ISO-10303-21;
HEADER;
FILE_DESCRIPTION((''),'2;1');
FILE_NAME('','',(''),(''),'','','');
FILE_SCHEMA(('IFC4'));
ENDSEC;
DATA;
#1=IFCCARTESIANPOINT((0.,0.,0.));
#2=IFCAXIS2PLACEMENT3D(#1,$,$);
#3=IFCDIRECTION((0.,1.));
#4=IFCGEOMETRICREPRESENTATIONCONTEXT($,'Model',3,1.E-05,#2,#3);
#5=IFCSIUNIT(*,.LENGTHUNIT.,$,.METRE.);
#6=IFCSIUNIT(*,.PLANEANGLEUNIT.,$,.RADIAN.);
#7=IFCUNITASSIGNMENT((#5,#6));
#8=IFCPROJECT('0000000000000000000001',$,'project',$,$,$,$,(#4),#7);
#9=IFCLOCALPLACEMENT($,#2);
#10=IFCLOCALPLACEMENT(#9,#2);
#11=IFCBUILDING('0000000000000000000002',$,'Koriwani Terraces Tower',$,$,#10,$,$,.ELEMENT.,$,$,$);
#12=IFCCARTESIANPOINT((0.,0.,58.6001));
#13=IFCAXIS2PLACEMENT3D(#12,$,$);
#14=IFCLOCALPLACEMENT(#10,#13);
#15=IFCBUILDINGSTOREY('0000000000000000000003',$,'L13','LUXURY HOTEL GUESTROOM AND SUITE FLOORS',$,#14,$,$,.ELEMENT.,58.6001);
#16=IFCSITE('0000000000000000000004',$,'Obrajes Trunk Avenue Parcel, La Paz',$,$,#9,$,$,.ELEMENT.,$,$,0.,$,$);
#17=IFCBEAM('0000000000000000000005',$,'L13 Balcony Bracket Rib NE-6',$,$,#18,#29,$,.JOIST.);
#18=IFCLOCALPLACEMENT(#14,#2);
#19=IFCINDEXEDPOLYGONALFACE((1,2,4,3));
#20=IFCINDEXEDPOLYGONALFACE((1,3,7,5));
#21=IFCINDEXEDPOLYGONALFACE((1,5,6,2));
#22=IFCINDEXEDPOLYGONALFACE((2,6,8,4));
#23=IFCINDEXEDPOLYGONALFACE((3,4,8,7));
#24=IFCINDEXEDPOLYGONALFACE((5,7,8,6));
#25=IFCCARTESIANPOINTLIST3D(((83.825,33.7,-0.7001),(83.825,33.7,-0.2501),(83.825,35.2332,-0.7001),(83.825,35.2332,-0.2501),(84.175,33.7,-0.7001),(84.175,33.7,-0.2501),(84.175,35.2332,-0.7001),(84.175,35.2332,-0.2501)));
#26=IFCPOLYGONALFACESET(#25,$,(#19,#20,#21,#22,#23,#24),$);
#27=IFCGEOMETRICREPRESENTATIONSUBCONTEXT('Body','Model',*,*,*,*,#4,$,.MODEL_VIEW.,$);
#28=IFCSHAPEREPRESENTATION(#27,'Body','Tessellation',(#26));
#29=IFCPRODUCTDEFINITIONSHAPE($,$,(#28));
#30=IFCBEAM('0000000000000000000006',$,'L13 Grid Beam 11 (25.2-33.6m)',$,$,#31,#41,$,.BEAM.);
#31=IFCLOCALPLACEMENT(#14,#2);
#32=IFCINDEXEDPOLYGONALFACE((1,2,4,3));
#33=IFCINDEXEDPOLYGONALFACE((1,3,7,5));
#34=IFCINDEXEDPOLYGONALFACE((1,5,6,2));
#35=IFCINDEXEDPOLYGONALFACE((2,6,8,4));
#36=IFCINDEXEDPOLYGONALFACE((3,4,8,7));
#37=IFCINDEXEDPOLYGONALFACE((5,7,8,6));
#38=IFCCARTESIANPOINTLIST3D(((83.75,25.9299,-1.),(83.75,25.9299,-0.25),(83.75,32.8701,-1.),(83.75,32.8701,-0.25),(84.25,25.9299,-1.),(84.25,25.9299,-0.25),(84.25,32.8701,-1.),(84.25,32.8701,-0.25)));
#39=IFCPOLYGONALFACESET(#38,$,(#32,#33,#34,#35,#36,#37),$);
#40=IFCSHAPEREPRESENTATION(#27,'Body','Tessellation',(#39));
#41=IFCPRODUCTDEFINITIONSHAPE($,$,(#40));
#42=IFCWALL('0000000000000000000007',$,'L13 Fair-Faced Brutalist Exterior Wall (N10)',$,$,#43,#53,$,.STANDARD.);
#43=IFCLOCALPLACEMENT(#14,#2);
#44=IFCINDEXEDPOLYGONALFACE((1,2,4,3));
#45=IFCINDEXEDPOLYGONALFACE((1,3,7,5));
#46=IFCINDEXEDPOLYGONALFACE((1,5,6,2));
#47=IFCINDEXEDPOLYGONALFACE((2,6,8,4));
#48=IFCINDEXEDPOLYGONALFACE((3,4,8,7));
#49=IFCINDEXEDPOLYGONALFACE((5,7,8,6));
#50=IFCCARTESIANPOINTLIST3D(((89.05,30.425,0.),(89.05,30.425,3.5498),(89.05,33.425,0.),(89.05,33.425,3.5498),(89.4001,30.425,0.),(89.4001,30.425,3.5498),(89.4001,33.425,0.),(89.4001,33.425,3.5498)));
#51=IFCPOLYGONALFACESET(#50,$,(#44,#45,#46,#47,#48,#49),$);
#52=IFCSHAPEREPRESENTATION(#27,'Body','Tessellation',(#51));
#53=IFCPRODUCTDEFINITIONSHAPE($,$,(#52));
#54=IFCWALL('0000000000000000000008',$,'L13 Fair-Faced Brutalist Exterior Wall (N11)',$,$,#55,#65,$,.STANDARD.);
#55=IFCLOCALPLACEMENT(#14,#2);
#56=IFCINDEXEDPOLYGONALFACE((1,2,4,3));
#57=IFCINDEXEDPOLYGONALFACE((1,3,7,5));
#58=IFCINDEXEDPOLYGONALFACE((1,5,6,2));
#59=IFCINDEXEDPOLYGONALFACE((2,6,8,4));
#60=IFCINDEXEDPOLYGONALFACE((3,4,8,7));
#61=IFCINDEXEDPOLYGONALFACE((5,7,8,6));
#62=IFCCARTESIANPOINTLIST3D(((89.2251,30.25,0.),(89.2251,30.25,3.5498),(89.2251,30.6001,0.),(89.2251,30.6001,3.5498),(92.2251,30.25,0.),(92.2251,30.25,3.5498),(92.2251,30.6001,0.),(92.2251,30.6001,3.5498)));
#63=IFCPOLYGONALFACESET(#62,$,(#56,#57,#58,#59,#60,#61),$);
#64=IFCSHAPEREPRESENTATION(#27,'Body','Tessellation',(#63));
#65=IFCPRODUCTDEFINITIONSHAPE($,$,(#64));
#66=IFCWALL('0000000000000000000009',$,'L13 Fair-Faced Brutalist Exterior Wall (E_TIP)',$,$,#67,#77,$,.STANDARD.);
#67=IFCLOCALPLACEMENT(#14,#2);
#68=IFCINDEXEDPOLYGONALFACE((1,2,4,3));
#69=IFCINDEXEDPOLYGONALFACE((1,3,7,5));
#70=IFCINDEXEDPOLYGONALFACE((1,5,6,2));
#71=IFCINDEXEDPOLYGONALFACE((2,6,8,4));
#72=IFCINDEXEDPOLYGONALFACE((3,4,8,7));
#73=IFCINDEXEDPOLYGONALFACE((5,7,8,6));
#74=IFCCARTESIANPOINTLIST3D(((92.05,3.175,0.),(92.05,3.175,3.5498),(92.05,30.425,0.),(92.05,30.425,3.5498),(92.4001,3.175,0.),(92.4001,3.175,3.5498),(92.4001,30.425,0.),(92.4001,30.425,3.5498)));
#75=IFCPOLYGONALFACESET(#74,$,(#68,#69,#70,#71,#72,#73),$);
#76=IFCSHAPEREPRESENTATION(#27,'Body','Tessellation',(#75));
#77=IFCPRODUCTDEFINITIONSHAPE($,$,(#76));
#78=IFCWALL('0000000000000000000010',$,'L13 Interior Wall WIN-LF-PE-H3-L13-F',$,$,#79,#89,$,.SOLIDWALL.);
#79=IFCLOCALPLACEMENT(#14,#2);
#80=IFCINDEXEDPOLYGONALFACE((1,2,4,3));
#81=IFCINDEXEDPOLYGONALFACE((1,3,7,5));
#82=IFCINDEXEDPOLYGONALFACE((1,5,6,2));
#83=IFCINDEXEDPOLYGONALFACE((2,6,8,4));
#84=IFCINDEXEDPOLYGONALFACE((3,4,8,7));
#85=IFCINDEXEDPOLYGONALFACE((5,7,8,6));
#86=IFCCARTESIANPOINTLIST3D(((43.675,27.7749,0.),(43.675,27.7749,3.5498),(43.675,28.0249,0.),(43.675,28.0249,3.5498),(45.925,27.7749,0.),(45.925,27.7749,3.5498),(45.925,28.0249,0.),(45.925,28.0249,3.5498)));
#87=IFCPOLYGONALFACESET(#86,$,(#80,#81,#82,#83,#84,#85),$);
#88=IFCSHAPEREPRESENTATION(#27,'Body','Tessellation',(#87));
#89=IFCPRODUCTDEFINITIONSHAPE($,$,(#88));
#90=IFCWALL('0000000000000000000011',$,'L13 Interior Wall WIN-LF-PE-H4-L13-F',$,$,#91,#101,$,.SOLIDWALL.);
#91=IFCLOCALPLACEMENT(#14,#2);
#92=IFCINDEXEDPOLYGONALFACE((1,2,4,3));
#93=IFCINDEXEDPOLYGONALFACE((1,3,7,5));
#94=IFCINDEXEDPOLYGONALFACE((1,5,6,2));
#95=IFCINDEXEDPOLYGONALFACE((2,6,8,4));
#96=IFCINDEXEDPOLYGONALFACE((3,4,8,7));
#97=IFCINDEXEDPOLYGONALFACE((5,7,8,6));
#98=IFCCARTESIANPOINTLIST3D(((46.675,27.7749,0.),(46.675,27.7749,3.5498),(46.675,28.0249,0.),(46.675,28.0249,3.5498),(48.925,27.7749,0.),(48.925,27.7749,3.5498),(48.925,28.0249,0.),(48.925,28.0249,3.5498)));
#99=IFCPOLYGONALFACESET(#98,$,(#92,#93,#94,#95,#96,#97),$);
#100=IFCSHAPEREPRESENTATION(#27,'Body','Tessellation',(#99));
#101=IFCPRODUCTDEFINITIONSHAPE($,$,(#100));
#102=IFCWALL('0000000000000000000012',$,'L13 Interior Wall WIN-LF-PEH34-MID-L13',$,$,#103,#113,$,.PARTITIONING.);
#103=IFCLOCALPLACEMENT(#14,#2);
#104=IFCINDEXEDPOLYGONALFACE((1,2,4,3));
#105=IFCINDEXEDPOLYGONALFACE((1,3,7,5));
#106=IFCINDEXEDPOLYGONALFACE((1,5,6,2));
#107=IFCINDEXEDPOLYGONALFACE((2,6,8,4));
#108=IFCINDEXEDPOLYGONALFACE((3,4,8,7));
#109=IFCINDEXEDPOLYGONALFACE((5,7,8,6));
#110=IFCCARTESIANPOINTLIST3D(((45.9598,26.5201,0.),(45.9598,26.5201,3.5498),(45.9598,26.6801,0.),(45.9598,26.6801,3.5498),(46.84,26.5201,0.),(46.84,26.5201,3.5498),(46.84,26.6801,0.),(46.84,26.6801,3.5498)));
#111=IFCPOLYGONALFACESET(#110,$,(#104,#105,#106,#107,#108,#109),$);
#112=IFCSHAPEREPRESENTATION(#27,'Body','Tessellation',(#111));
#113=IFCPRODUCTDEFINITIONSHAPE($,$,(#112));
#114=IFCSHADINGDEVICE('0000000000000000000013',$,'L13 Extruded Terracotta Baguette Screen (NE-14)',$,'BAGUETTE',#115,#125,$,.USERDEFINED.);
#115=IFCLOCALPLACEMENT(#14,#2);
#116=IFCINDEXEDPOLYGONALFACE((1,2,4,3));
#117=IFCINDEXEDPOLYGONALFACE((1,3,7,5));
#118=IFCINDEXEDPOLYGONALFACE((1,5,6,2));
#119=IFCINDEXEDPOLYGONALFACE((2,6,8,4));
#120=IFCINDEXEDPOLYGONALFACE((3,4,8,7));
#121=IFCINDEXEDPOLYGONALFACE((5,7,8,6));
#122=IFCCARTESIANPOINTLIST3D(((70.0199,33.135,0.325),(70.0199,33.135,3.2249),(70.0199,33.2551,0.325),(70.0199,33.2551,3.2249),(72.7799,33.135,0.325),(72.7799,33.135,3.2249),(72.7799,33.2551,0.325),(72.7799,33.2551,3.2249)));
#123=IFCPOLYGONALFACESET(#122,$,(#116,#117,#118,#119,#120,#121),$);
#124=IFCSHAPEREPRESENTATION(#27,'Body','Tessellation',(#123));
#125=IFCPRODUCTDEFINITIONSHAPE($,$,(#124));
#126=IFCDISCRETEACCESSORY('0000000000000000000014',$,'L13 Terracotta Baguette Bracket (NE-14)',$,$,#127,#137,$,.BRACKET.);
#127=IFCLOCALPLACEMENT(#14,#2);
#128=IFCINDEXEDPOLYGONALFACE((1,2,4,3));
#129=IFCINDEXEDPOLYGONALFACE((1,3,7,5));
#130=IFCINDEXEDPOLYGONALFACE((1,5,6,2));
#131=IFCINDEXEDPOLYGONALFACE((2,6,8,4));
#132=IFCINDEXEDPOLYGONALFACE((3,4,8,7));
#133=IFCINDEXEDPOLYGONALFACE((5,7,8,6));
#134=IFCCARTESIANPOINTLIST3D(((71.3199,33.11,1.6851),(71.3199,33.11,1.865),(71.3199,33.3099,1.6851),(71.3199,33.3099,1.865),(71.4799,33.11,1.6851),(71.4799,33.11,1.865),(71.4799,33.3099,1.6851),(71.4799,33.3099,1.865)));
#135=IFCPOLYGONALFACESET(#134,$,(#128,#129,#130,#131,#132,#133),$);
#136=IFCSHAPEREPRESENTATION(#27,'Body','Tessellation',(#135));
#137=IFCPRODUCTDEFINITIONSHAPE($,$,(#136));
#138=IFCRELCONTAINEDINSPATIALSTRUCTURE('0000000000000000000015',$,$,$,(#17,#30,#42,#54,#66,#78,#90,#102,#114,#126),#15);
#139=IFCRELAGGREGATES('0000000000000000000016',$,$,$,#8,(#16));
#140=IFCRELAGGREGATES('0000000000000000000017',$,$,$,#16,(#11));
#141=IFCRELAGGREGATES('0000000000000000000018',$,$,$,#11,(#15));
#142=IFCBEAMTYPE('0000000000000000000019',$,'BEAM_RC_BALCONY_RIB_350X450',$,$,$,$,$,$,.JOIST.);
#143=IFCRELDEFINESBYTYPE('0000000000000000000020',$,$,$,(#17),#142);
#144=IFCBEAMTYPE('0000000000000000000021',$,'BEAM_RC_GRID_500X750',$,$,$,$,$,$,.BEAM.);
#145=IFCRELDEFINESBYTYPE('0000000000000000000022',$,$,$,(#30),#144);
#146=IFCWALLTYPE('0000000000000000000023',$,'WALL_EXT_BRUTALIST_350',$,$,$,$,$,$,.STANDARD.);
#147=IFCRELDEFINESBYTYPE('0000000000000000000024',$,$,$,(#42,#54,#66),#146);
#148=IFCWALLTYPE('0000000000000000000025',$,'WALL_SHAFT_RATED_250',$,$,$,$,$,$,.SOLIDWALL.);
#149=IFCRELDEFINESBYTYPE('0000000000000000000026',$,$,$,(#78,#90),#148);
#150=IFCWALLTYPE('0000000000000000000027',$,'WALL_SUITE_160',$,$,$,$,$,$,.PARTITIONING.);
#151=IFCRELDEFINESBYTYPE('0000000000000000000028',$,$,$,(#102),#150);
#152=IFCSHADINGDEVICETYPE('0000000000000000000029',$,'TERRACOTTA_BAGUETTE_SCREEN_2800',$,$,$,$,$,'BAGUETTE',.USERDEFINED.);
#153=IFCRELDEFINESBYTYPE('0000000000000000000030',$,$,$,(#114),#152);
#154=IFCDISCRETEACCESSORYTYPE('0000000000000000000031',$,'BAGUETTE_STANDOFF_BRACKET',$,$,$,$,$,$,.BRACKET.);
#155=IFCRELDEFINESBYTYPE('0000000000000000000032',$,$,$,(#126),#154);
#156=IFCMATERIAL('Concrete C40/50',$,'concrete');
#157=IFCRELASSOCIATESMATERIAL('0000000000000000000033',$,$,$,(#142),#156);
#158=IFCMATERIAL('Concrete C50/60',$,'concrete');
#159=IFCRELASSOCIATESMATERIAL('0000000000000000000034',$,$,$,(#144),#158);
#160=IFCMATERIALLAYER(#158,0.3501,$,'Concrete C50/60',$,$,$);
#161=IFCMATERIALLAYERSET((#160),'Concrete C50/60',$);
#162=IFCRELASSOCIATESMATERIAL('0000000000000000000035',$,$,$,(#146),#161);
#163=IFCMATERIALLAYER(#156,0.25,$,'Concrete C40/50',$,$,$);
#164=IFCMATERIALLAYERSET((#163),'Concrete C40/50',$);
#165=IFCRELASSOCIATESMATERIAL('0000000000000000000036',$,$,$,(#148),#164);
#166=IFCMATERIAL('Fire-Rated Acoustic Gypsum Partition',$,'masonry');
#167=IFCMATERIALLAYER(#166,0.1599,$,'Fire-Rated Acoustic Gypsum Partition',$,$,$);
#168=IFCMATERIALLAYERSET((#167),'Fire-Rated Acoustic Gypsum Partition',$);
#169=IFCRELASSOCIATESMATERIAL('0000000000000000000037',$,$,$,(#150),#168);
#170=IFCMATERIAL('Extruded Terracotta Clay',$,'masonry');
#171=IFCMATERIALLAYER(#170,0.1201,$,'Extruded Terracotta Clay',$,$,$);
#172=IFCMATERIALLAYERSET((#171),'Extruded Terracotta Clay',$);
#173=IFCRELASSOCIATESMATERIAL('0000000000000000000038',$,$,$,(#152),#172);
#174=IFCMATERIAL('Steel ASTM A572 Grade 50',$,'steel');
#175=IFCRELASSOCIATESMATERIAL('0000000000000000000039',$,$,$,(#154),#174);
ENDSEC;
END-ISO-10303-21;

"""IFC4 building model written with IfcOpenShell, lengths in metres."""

from ifc_helpers import new_model, si_unit, direction, frame, frame_2d, origin, origin_2d, place, context, subcontext, project, spatial, rectangle, extrude, material, layer, layer_set, material_profile, profile_set, type_object, element, save


model = new_model("IFC4")

# Units and contexts
model_context = context("Model", 3, precision=1e-05, world=origin(), true_north=direction((0.0, 1.0)))
body_context = subcontext(model_context, "Body", "Model", "MODEL_VIEW")
ifc_project = project(units=[si_unit("LENGTHUNIT", "METRE"), si_unit("PLANEANGLEUNIT", "RADIAN")], contexts=[model_context])

# Site, building, storey
site_placement = place(None, origin())
site = spatial("IfcSite", under=ifc_project, at=site_placement, Name="Obrajes Trunk Avenue Parcel, La Paz", CompositionType="ELEMENT", RefElevation=0.0)
building_placement = place(site_placement, origin())
building = spatial("IfcBuilding", under=site, at=building_placement, Name="Koriwani Terraces Tower", CompositionType="ELEMENT")
storey_placement = place(building_placement, frame((0.0, 0.0, 58.6001)))
storey = spatial("IfcBuildingStorey", under=building, at=storey_placement, Name="L13", Description="LUXURY HOTEL GUESTROOM AND SUITE FLOORS", CompositionType="ELEMENT", Elevation=58.6001)

# Beams
ifc_material_1 = material(Name="Concrete C40/50", Category="concrete")
ifc_material_profile_1 = material_profile(ifc_material_1, rectangle(XDim=0.3501, YDim=0.45, at=origin_2d()), Name="Concrete C40/50", Category="LoadBearing")
ifc_profile_set_1 = profile_set([ifc_material_profile_1], Name="Concrete C40/50")
beam_type_1 = type_object("IfcBeamType", Name="BEAM_RC_BALCONY_RIB_350X450", PredefinedType="JOIST", material=ifc_profile_set_1)
beam_1_placement = place(storey_placement, frame((84.0, 33.7, -0.4751), z_axis=(0.0, 1.0, 0.0), x_axis=(-1.0, 0.0, 0.0)))
element("IfcBeam", 1, at=beam_1_placement, inside=storey, type_object=beam_type_1, Name="L13 Balcony Bracket Rib NE-6", PredefinedType="JOIST", context=body_context, shape_type="SweptSolid", body=[
    extrude(rectangle(XDim=0.3501, YDim=0.45, at=origin_2d()), origin(), (0.0, 0.0, 1.0), 1.5332),
])
ifc_material_2 = material(Name="Concrete C50/60", Category="concrete")
ifc_material_profile_2 = material_profile(ifc_material_2, rectangle(XDim=0.5, YDim=0.75, at=origin_2d()), Name="Concrete C50/60", Category="LoadBearing")
ifc_profile_set_2 = profile_set([ifc_material_profile_2], Name="Concrete C50/60")
beam_type_2 = type_object("IfcBeamType", Name="BEAM_RC_GRID_500X750", PredefinedType="BEAM", material=ifc_profile_set_2)
beam_2_placement = place(storey_placement, frame((84.0, 25.9299, -0.625), z_axis=(0.0, 1.0, 0.0), x_axis=(-1.0, 0.0, 0.0)))
element("IfcBeam", 2, at=beam_2_placement, inside=storey, type_object=beam_type_2, Name="L13 Grid Beam 11 (25.2-33.6m)", PredefinedType="BEAM", context=body_context, shape_type="SweptSolid", body=[
    extrude(rectangle(XDim=0.5, YDim=0.75, at=origin_2d()), origin(), (0.0, 0.0, 1.0), 6.9402),
])

# Walls
ifc_layer_1 = layer(ifc_material_2, 0.3501, Name="Concrete C50/60")
ifc_layer_set_1 = layer_set([ifc_layer_1], Name="Concrete C50/60")
wall_type_1 = type_object("IfcWallType", Name="WALL_EXT_BRUTALIST_350", PredefinedType="STANDARD", material=ifc_layer_set_1)
for number, where, z_axis, x_axis, name in (
    (3, (89.2251, 33.425, 0.0), (0.0, 0.0, 1.0), (0.0, -1.0, 0.0), "L13 Fair-Faced Brutalist Exterior Wall (N10)"),
    (4, (89.2251, 30.425, 0.0), (0.0, 0.0, 1.0), (1.0, 0.0, 0.0), "L13 Fair-Faced Brutalist Exterior Wall (N11)"),
):
    element("IfcWall", number, at=place(storey_placement, frame(where, z_axis=z_axis, x_axis=x_axis)), inside=storey, type_object=wall_type_1, Name=name, PredefinedType="STANDARD", context=body_context, shape_type="SweptSolid", body=[
        extrude(rectangle(XDim=3.0, YDim=0.3501, at=frame_2d((1.5, 0.0))), origin(), (0.0, 0.0, 1.0), 3.5498),
    ])
wall_1_placement = place(storey_placement, frame((92.2251, 30.425, 0.0), z_axis=(0.0, 0.0, 1.0), x_axis=(0.0, -1.0, 0.0)))
element("IfcWall", 5, at=wall_1_placement, inside=storey, type_object=wall_type_1, Name="L13 Fair-Faced Brutalist Exterior Wall (E_TIP)", PredefinedType="STANDARD", context=body_context, shape_type="SweptSolid", body=[
    extrude(rectangle(XDim=27.25, YDim=0.3501, at=frame_2d((13.625, 0.0))), origin(), (0.0, 0.0, 1.0), 3.5498),
])
ifc_layer_2 = layer(ifc_material_1, 0.25, Name="Concrete C40/50")
ifc_layer_set_2 = layer_set([ifc_layer_2], Name="Concrete C40/50")
wall_type_2 = type_object("IfcWallType", Name="WALL_SHAFT_RATED_250", PredefinedType="SOLIDWALL", material=ifc_layer_set_2)
for number, where, z_axis, x_axis, name in (
    (6, (43.675, 27.8999, 0.0), (0.0, 0.0, 1.0), (1.0, 0.0, 0.0), "L13 Interior Wall WIN-LF-PE-H3-L13-F"),
    (7, (46.675, 27.8999, 0.0), (0.0, 0.0, 1.0), (1.0, 0.0, 0.0), "L13 Interior Wall WIN-LF-PE-H4-L13-F"),
):
    element("IfcWall", number, at=place(storey_placement, frame(where, z_axis=z_axis, x_axis=x_axis)), inside=storey, type_object=wall_type_2, Name=name, PredefinedType="SOLIDWALL", context=body_context, shape_type="SweptSolid", body=[
        extrude(rectangle(XDim=2.25, YDim=0.25, at=frame_2d((1.125, 0.0))), origin(), (0.0, 0.0, 1.0), 3.5498),
    ])
ifc_material_3 = material(Name="Fire-Rated Acoustic Gypsum Partition", Category="masonry")
ifc_layer_3 = layer(ifc_material_3, 0.1599, Name="Fire-Rated Acoustic Gypsum Partition")
ifc_layer_set_3 = layer_set([ifc_layer_3], Name="Fire-Rated Acoustic Gypsum Partition")
wall_type_3 = type_object("IfcWallType", Name="WALL_SUITE_160", PredefinedType="PARTITIONING", material=ifc_layer_set_3)
wall_2_placement = place(storey_placement, frame((45.96, 26.6001, 0.0), z_axis=(0.0, 0.0, 1.0), x_axis=(1.0, 0.0, 0.0)))
element("IfcWall", 8, at=wall_2_placement, inside=storey, type_object=wall_type_3, Name="L13 Interior Wall WIN-LF-PEH34-MID-L13", PredefinedType="PARTITIONING", context=body_context, shape_type="SweptSolid", body=[
    extrude(rectangle(XDim=0.8801, YDim=0.1599, at=frame_2d((0.4399, 0.0))), origin(), (0.0, 0.0, 1.0), 3.5498),
])

# Shared definitions
ifc_material_4 = material(Name="Steel ASTM A572 Grade 50", Category="steel")

# Shading device
ifc_material_5 = material(Name="Extruded Terracotta Clay", Category="masonry")
ifc_layer_4 = layer(ifc_material_5, 0.1201, Name="Extruded Terracotta Clay")
ifc_layer_set_4 = layer_set([ifc_layer_4], Name="Extruded Terracotta Clay")
shading_device_type = type_object("IfcShadingDeviceType", Name="TERRACOTTA_BAGUETTE_SCREEN_2800", ElementType="BAGUETTE", PredefinedType="USERDEFINED", material=ifc_layer_set_4)
shading_device_placement = place(storey_placement, frame((71.3999, 33.1951, 0.325), z_axis=(0.0, 0.0, 1.0), x_axis=(1.0, 0.0, 0.0)))
element("IfcShadingDevice", 9, at=shading_device_placement, inside=storey, type_object=shading_device_type, Name="L13 Extruded Terracotta Baguette Screen (NE-14)", ObjectType="BAGUETTE", PredefinedType="USERDEFINED", context=body_context, shape_type="SweptSolid", body=[
    extrude(rectangle(XDim=2.76, YDim=0.1201, at=origin_2d()), origin(), (0.0, 0.0, 1.0), 2.8999),
])

# Discrete accessory
discrete_accessory_type = type_object("IfcDiscreteAccessoryType", Name="BAGUETTE_STANDOFF_BRACKET", PredefinedType="BRACKET", material=ifc_material_4)
discrete_accessory_placement = place(storey_placement, frame((71.3999, 33.21, 1.6851), z_axis=(0.0, 0.0, 1.0), x_axis=(1.0, 0.0, 0.0)))
element("IfcDiscreteAccessory", 10, at=discrete_accessory_placement, inside=storey, type_object=discrete_accessory_type, Name="L13 Terracotta Baguette Bracket (NE-14)", PredefinedType="BRACKET", context=body_context, shape_type="SweptSolid", body=[
    extrude(rectangle(XDim=0.1599, YDim=0.2, at=origin_2d()), origin(), (0.0, 0.0, 1.0), 0.1799),
])

save(model, "model.ifc")
